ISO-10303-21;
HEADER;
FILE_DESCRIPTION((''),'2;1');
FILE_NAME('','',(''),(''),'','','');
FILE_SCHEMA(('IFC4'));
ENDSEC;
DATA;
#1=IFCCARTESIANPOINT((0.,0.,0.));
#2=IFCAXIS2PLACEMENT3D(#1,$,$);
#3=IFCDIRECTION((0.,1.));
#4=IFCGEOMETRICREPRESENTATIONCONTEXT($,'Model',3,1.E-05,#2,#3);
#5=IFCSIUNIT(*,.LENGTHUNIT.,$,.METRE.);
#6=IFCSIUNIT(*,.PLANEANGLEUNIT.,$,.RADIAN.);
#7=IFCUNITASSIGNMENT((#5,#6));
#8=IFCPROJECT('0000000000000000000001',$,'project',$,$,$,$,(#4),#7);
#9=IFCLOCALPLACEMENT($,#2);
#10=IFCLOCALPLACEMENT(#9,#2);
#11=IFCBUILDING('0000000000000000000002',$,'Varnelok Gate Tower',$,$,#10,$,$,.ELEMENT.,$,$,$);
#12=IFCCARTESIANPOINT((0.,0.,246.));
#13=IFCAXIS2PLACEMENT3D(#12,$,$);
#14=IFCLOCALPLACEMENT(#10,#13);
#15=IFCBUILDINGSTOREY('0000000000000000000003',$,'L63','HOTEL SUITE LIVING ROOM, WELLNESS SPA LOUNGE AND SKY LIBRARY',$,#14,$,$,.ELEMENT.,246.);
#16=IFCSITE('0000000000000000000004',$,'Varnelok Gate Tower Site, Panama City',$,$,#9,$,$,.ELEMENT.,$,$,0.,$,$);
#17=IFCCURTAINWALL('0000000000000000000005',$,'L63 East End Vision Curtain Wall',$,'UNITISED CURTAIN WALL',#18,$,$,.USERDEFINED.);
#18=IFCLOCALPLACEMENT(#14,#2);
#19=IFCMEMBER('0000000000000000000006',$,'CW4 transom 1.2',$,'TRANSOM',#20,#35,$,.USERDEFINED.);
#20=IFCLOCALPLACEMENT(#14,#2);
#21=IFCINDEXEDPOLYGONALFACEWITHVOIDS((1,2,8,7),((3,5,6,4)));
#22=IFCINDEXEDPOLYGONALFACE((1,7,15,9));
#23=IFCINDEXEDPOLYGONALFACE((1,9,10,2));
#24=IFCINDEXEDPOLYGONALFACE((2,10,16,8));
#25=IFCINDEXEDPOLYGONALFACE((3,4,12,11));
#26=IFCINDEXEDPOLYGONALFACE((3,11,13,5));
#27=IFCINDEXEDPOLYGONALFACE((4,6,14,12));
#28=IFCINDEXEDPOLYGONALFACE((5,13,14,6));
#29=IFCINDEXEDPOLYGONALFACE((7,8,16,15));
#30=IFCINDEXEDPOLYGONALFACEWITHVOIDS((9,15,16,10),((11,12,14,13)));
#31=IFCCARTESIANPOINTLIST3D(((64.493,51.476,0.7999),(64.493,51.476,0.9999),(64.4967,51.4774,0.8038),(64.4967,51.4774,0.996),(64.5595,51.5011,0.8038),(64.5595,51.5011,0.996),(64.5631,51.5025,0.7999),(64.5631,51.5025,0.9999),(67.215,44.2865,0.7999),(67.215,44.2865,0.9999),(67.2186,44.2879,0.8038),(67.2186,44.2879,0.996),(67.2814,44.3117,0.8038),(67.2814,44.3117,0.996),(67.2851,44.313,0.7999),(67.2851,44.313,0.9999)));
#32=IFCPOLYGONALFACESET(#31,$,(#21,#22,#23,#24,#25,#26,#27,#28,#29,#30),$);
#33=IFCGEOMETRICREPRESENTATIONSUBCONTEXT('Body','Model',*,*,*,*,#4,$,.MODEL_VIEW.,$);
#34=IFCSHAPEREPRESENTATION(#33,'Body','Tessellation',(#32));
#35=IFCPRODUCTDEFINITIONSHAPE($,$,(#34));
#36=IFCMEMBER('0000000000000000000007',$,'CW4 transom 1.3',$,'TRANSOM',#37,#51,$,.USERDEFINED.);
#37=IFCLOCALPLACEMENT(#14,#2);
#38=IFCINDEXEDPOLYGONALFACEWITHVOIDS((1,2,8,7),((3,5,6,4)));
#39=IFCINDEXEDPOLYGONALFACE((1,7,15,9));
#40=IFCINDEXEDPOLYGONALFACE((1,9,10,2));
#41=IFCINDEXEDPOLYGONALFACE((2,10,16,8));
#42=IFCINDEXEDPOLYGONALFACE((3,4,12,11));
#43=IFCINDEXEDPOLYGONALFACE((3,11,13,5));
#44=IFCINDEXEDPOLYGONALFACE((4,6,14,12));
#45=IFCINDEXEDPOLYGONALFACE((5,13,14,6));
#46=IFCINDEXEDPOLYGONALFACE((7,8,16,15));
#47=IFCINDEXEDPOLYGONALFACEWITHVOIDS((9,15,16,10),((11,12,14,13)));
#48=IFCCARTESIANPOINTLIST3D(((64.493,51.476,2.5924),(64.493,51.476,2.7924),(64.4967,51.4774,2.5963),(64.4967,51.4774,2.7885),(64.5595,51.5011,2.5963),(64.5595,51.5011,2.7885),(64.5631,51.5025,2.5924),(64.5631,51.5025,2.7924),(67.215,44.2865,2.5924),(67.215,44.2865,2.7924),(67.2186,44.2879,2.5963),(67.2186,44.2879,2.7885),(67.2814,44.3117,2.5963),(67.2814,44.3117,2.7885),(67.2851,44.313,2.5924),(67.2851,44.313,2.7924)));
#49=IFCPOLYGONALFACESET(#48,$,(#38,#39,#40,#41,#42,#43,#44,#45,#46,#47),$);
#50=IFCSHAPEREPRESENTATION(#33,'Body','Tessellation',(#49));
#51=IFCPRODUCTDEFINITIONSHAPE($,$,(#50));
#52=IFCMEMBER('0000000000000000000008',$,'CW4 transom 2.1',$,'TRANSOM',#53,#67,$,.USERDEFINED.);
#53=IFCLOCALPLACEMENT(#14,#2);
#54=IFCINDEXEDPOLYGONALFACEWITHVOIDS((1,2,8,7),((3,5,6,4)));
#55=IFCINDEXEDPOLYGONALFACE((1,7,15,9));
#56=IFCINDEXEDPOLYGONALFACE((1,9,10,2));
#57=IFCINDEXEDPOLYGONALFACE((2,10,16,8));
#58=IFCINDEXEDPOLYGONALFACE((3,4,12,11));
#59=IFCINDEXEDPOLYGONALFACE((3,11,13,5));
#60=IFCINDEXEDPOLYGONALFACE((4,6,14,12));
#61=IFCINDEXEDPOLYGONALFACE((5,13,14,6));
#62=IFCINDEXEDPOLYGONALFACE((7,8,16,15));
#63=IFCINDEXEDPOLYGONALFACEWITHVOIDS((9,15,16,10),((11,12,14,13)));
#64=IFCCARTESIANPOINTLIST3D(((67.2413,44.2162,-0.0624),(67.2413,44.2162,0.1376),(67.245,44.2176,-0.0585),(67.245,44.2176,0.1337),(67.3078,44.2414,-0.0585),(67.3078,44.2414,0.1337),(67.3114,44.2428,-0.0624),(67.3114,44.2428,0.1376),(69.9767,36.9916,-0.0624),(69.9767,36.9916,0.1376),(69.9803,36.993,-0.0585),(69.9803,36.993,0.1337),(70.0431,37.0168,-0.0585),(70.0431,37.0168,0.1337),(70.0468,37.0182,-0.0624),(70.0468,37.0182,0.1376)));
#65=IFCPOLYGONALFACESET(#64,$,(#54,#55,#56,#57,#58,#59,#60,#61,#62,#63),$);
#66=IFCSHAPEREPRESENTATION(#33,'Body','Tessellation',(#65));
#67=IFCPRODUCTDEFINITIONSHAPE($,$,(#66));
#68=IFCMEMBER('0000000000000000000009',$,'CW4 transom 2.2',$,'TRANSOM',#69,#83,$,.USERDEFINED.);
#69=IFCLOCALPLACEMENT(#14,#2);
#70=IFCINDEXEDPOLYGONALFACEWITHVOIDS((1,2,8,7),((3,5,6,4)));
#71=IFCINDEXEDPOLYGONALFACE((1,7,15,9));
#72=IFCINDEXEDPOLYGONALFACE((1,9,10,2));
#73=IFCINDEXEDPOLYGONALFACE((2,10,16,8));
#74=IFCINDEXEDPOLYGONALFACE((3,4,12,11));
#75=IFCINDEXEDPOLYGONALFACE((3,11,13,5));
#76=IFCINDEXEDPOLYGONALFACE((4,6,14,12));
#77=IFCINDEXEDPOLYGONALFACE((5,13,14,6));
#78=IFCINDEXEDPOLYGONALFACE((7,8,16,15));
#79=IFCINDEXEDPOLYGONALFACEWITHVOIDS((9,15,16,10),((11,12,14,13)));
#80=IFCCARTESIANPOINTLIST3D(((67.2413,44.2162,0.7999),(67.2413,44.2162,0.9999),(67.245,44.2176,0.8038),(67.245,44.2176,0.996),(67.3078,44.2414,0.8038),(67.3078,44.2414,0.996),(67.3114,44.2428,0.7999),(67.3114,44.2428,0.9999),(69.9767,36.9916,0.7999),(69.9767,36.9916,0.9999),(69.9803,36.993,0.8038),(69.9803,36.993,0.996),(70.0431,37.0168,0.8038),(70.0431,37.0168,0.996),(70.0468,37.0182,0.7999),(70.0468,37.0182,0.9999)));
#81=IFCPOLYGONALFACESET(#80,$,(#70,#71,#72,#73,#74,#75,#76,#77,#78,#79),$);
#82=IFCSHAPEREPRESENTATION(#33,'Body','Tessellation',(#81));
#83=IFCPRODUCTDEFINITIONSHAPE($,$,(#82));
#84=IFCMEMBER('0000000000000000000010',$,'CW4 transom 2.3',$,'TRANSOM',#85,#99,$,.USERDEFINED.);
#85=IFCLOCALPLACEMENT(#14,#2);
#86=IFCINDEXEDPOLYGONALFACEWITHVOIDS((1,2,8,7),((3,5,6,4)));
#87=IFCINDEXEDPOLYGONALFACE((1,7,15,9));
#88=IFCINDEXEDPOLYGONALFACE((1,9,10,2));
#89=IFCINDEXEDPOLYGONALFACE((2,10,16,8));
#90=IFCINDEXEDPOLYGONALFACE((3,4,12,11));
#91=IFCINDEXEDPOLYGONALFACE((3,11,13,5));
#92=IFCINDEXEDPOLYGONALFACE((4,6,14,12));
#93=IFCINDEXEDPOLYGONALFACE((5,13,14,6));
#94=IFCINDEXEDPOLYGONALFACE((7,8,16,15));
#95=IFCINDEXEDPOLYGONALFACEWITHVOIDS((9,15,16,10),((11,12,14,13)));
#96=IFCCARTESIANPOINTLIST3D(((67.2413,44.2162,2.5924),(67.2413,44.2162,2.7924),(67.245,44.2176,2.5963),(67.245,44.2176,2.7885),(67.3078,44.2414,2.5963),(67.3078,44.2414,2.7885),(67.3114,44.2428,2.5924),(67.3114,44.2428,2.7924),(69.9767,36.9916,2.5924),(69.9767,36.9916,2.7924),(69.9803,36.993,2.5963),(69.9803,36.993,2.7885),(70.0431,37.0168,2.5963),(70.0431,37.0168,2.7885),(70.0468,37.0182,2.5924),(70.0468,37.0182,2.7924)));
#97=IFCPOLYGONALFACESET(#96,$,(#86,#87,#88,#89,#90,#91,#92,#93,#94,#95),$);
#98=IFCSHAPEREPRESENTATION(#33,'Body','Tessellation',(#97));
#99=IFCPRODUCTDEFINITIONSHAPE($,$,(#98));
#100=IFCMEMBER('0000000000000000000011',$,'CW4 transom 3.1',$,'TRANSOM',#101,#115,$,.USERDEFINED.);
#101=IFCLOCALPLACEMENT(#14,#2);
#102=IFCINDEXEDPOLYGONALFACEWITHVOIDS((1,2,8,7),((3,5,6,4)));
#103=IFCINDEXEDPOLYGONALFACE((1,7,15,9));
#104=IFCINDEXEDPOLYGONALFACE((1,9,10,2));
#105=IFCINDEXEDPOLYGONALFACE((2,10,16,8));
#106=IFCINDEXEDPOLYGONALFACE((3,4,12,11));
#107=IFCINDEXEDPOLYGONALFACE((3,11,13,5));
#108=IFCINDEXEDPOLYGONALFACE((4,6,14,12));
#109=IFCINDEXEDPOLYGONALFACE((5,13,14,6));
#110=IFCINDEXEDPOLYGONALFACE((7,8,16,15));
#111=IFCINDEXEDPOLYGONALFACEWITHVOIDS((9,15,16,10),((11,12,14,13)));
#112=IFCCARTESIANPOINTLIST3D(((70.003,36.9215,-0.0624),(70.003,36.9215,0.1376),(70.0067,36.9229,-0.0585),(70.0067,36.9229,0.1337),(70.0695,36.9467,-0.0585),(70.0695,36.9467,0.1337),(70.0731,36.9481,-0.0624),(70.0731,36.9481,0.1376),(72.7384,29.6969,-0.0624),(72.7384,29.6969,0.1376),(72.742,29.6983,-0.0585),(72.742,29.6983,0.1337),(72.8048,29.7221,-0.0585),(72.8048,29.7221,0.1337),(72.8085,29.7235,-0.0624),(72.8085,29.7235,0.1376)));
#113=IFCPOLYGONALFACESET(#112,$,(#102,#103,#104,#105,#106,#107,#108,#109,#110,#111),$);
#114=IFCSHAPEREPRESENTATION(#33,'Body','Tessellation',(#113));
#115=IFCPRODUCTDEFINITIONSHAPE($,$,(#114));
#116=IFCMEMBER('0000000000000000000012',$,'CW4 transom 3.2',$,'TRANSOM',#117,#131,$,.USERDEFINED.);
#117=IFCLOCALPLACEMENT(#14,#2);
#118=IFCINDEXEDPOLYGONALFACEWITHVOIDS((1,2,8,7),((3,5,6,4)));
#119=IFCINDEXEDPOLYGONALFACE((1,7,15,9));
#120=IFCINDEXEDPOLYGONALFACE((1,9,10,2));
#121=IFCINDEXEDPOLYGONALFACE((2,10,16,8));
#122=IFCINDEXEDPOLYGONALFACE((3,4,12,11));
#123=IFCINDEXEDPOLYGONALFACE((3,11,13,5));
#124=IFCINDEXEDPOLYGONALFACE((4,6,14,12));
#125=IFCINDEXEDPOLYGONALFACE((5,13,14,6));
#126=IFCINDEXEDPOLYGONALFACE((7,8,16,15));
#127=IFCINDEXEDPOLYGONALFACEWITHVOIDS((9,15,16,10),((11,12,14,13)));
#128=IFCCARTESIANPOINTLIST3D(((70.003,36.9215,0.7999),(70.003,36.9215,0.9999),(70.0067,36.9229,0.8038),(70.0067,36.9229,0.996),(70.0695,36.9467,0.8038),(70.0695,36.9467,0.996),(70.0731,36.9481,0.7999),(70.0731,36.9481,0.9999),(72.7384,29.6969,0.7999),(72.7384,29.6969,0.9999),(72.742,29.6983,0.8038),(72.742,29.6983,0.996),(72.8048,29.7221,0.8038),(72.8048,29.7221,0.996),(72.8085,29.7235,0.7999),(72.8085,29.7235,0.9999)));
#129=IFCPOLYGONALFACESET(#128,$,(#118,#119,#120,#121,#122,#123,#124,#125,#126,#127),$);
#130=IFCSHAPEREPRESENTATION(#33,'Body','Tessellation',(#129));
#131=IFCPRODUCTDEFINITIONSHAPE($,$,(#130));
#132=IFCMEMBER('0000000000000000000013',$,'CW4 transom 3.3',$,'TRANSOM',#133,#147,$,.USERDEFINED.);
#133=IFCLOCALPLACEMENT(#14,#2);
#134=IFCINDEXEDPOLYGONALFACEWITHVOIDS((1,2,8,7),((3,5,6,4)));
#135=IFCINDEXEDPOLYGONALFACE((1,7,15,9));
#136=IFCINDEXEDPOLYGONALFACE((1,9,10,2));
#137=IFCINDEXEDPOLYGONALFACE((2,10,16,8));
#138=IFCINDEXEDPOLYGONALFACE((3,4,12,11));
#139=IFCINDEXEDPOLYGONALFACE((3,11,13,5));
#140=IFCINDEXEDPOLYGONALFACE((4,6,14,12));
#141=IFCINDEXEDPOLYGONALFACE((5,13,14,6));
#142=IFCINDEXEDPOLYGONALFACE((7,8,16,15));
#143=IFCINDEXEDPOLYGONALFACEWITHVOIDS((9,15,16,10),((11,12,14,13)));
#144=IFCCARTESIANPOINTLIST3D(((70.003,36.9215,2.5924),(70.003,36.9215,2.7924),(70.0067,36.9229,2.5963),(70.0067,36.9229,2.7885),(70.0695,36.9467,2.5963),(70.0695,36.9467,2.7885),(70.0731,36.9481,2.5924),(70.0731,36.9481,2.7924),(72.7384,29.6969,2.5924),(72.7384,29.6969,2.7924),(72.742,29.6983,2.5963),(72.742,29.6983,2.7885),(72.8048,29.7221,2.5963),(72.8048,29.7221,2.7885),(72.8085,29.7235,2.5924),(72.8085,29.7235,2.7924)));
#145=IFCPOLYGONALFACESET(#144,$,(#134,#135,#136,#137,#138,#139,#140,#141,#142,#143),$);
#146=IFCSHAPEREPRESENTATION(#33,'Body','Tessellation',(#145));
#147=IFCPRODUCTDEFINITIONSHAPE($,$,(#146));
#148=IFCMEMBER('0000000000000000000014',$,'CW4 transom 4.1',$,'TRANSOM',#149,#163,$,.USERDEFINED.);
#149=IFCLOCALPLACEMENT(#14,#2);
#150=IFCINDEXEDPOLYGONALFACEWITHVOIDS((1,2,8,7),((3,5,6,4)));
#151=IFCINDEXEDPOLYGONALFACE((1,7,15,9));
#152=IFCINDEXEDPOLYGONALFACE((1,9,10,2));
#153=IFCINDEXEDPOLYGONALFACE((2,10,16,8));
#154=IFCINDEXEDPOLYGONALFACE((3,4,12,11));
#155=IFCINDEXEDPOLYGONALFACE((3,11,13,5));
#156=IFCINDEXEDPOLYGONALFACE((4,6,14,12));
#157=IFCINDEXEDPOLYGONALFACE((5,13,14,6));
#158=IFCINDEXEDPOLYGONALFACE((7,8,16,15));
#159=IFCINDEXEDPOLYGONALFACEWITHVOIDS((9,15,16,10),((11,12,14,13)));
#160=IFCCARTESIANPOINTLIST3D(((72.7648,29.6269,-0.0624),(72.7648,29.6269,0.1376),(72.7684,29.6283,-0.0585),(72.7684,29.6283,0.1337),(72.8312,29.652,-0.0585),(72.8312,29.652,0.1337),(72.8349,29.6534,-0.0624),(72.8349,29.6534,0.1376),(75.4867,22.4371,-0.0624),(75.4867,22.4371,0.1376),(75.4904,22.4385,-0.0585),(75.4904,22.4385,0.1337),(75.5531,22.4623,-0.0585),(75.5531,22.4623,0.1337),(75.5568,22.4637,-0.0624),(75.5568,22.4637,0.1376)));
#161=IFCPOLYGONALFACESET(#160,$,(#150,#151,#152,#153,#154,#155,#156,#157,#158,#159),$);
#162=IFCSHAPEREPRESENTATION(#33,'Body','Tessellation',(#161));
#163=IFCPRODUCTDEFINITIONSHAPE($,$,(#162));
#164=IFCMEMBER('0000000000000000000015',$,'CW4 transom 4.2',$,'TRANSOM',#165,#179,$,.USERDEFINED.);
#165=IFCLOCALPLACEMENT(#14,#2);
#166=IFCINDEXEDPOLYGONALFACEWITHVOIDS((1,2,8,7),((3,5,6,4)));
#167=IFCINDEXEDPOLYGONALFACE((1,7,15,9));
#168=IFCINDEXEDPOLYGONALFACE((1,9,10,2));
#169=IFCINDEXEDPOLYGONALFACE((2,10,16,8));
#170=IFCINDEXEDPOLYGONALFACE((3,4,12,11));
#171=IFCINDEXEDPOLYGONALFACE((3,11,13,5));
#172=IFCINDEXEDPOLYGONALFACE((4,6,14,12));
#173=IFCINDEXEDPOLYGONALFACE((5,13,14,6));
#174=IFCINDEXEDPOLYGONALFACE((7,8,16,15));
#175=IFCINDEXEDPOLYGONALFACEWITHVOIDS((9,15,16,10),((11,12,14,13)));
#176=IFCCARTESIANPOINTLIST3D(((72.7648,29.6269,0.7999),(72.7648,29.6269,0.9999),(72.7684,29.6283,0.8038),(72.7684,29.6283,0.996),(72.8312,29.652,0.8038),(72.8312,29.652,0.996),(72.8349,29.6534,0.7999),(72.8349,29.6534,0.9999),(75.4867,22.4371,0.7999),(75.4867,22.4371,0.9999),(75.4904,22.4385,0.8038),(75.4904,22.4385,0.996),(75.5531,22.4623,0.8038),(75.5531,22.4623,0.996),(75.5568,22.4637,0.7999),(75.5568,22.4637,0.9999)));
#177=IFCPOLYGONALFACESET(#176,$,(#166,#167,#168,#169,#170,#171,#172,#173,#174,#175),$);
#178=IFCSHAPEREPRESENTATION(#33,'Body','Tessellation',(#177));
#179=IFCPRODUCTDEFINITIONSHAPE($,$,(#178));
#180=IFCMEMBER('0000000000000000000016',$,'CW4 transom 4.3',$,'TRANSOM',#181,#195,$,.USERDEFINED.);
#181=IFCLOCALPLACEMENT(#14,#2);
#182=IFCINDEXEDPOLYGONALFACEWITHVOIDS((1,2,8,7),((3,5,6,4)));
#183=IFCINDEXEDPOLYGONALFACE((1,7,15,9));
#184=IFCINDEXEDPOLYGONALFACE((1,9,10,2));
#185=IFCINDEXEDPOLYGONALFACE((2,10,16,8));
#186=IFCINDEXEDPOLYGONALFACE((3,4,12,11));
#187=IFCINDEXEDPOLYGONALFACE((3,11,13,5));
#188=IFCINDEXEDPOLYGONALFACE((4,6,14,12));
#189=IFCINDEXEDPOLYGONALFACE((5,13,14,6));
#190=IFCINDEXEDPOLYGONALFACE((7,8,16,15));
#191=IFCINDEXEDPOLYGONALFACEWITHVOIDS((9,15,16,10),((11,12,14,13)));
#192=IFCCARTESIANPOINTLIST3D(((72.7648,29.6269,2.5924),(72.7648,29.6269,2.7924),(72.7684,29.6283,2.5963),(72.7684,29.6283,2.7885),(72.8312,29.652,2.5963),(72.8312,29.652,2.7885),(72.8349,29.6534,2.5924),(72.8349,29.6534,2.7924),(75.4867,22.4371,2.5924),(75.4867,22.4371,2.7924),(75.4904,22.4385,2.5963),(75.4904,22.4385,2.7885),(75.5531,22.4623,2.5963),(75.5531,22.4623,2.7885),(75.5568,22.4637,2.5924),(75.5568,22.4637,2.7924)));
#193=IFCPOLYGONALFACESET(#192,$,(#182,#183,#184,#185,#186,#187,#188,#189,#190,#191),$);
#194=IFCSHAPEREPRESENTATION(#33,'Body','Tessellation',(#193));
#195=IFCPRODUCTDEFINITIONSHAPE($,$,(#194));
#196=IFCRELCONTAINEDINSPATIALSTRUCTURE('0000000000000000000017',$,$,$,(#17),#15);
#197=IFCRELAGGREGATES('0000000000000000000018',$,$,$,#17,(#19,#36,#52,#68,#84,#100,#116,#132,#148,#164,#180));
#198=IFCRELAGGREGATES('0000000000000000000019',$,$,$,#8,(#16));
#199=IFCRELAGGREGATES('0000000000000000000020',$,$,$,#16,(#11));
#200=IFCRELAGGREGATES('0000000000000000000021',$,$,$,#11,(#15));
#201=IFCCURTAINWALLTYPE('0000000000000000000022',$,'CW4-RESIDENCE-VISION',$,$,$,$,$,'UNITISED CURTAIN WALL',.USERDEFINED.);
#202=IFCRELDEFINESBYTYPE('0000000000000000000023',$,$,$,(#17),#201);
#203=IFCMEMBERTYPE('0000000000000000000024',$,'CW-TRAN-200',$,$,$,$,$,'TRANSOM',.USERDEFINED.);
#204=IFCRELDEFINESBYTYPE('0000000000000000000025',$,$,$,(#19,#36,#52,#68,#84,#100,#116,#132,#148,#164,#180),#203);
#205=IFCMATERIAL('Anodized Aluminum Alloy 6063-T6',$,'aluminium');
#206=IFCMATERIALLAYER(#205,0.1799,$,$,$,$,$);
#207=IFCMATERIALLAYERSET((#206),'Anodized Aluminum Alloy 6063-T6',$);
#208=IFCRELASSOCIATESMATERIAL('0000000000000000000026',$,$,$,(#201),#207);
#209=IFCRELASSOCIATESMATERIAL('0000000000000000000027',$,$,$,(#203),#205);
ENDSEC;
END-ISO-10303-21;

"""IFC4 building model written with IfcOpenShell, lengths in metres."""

from ifc_helpers import new_model, si_unit, direction, frame, origin, origin_2d, place, context, subcontext, project, spatial, hollow_rectangle, extrude, material, layer, layer_set, material_profile, profile_set, type_object, element, aggregate, save


model = new_model("IFC4")

# Units and contexts
model_context = context("Model", 3, precision=1e-05, world=origin(), true_north=direction((0.0, 1.0)))
body_context = subcontext(model_context, "Body", "Model", "MODEL_VIEW")
ifc_project = project(units=[si_unit("LENGTHUNIT", "METRE"), si_unit("PLANEANGLEUNIT", "RADIAN")], contexts=[model_context])

# Site, building, storey
site_placement = place(None, origin())
site = spatial("IfcSite", under=ifc_project, at=site_placement, Name="Varnelok Gate Tower Site, Panama City", CompositionType="ELEMENT", RefElevation=0.0)
building_placement = place(site_placement, origin())
building = spatial("IfcBuilding", under=site, at=building_placement, Name="Varnelok Gate Tower", CompositionType="ELEMENT")
storey_placement = place(building_placement, frame((0.0, 0.0, 246.0)))
storey = spatial("IfcBuildingStorey", under=building, at=storey_placement, Name="L63", Description="HOTEL SUITE LIVING ROOM, WELLNESS SPA LOUNGE AND SKY LIBRARY", CompositionType="ELEMENT", Elevation=246.0)

# Curtain wall, members
ifc_material_1 = material(Name="Anodized Aluminum Alloy 6063-T6", Category="aluminium")
ifc_layer_1 = layer(ifc_material_1, 0.1799)
ifc_layer_set_1 = layer_set([ifc_layer_1], Name="Anodized Aluminum Alloy 6063-T6")
curtain_wall_type = type_object("IfcCurtainWallType", Name="CW4-RESIDENCE-VISION", ElementType="UNITISED CURTAIN WALL", PredefinedType="USERDEFINED", material=ifc_layer_set_1)
curtain_wall_placement = place(storey_placement, origin())
curtain_wall = element("IfcCurtainWall", 1, at=curtain_wall_placement, inside=storey, type_object=curtain_wall_type, Name="L63 East End Vision Curtain Wall", ObjectType="UNITISED CURTAIN WALL", PredefinedType="USERDEFINED")
ifc_material_profile_1 = material_profile(ifc_material_1, hollow_rectangle(XDim=0.075, YDim=0.2, WallThickness=0.0039, at=origin_2d()), Name="ALU200X75X4")
ifc_profile_set_1 = profile_set([ifc_material_profile_1], Name="Anodized Aluminum Alloy 6063-T6")
member_type_1 = type_object("IfcMemberType", Name="CW-TRAN-200", ElementType="TRANSOM", PredefinedType="USERDEFINED", material=ifc_profile_set_1)
member_1_placement = place(storey_placement, frame((64.5281, 51.4893, 0.8999), z_axis=(0.354073, -0.935218, 0.0), x_axis=(0.935218, 0.354073, 0.0)))
member_1 = element("IfcMember", 2, at=member_1_placement, type_object=member_type_1, Name="CW4 transom 1.2", ObjectType="TRANSOM", PredefinedType="USERDEFINED", context=body_context, shape_type="SweptSolid", body=[
    extrude(hollow_rectangle(XDim=0.075, YDim=0.2, WallThickness=0.0039, at=origin_2d()), origin(), (0.0, 0.0, 1.0), 7.6875),
])
member_2_placement = place(storey_placement, frame((64.5281, 51.4893, 2.6924), z_axis=(0.354073, -0.935218, 0.0), x_axis=(0.935218, 0.354073, 0.0)))
member_2 = element("IfcMember", 3, at=member_2_placement, type_object=member_type_1, Name="CW4 transom 1.3", ObjectType="TRANSOM", PredefinedType="USERDEFINED", context=body_context, shape_type="SweptSolid", body=[
    extrude(hollow_rectangle(XDim=0.075, YDim=0.2, WallThickness=0.0039, at=origin_2d()), origin(), (0.0, 0.0, 1.0), 7.6875),
])
member_3_placement = place(storey_placement, frame((67.2764, 44.2295, 0.0376), z_axis=(0.354086, -0.935213, 0.0), x_axis=(0.935213, 0.354086, 0.0)))
member_3 = element("IfcMember", 4, at=member_3_placement, type_object=member_type_1, Name="CW4 transom 2.1", ObjectType="TRANSOM", PredefinedType="USERDEFINED", context=body_context, shape_type="SweptSolid", body=[
    extrude(hollow_rectangle(XDim=0.075, YDim=0.2, WallThickness=0.0039, at=origin_2d()), origin(), (0.0, 0.0, 1.0), 7.7251),
])
member_4_placement = place(storey_placement, frame((67.2764, 44.2295, 0.8999), z_axis=(0.354086, -0.935213, 0.0), x_axis=(0.935213, 0.354086, 0.0)))
member_4 = element("IfcMember", 5, at=member_4_placement, type_object=member_type_1, Name="CW4 transom 2.2", ObjectType="TRANSOM", PredefinedType="USERDEFINED", context=body_context, shape_type="SweptSolid", body=[
    extrude(hollow_rectangle(XDim=0.075, YDim=0.2, WallThickness=0.0039, at=origin_2d()), origin(), (0.0, 0.0, 1.0), 7.7251),
])
member_5_placement = place(storey_placement, frame((67.2764, 44.2295, 2.6924), z_axis=(0.354086, -0.935213, 0.0), x_axis=(0.935213, 0.354086, 0.0)))
member_5 = element("IfcMember", 6, at=member_5_placement, type_object=member_type_1, Name="CW4 transom 2.3", ObjectType="TRANSOM", PredefinedType="USERDEFINED", context=body_context, shape_type="SweptSolid", body=[
    extrude(hollow_rectangle(XDim=0.075, YDim=0.2, WallThickness=0.0039, at=origin_2d()), origin(), (0.0, 0.0, 1.0), 7.7251),
])
member_6_placement = place(storey_placement, frame((70.0381, 36.9348, 0.0376), z_axis=(0.354086, -0.935213, 0.0), x_axis=(0.935213, 0.354086, 0.0)))
member_6 = element("IfcMember", 7, at=member_6_placement, type_object=member_type_1, Name="CW4 transom 3.1", ObjectType="TRANSOM", PredefinedType="USERDEFINED", context=body_context, shape_type="SweptSolid", body=[
    extrude(hollow_rectangle(XDim=0.075, YDim=0.2, WallThickness=0.0039, at=origin_2d()), origin(), (0.0, 0.0, 1.0), 7.7251),
])
member_7_placement = place(storey_placement, frame((70.0381, 36.9348, 0.8999), z_axis=(0.354086, -0.935213, 0.0), x_axis=(0.935213, 0.354086, 0.0)))
member_7 = element("IfcMember", 8, at=member_7_placement, type_object=member_type_1, Name="CW4 transom 3.2", ObjectType="TRANSOM", PredefinedType="USERDEFINED", context=body_context, shape_type="SweptSolid", body=[
    extrude(hollow_rectangle(XDim=0.075, YDim=0.2, WallThickness=0.0039, at=origin_2d()), origin(), (0.0, 0.0, 1.0), 7.7251),
])
member_8_placement = place(storey_placement, frame((70.0381, 36.9348, 2.6924), z_axis=(0.354086, -0.935213, 0.0), x_axis=(0.935213, 0.354086, 0.0)))
member_8 = element("IfcMember", 9, at=member_8_placement, type_object=member_type_1, Name="CW4 transom 3.3", ObjectType="TRANSOM", PredefinedType="USERDEFINED", context=body_context, shape_type="SweptSolid", body=[
    extrude(hollow_rectangle(XDim=0.075, YDim=0.2, WallThickness=0.0039, at=origin_2d()), origin(), (0.0, 0.0, 1.0), 7.7251),
])
member_9_placement = place(storey_placement, frame((72.7998, 29.6401, 0.0376), z_axis=(0.354063, -0.935222, 0.0), x_axis=(0.935222, 0.354063, 0.0)))
member_9 = element("IfcMember", 10, at=member_9_placement, type_object=member_type_1, Name="CW4 transom 4.1", ObjectType="TRANSOM", PredefinedType="USERDEFINED", context=body_context, shape_type="SweptSolid", body=[
    extrude(hollow_rectangle(XDim=0.075, YDim=0.2, WallThickness=0.0039, at=origin_2d()), origin(), (0.0, 0.0, 1.0), 7.6877),
])
member_10_placement = place(storey_placement, frame((72.7998, 29.6401, 0.8999), z_axis=(0.354063, -0.935222, 0.0), x_axis=(0.935222, 0.354063, 0.0)))
member_10 = element("IfcMember", 11, at=member_10_placement, type_object=member_type_1, Name="CW4 transom 4.2", ObjectType="TRANSOM", PredefinedType="USERDEFINED", context=body_context, shape_type="SweptSolid", body=[
    extrude(hollow_rectangle(XDim=0.075, YDim=0.2, WallThickness=0.0039, at=origin_2d()), origin(), (0.0, 0.0, 1.0), 7.6877),
])
member_11_placement = place(storey_placement, frame((72.7998, 29.6401, 2.6924), z_axis=(0.354063, -0.935222, 0.0), x_axis=(0.935222, 0.354063, 0.0)))
member_11 = element("IfcMember", 12, at=member_11_placement, type_object=member_type_1, Name="CW4 transom 4.3", ObjectType="TRANSOM", PredefinedType="USERDEFINED", context=body_context, shape_type="SweptSolid", body=[
    extrude(hollow_rectangle(XDim=0.075, YDim=0.2, WallThickness=0.0039, at=origin_2d()), origin(), (0.0, 0.0, 1.0), 7.6877),
])
aggregate(curtain_wall, [member_1, member_2, member_3, member_4, member_5, member_6, member_7, member_8, member_9, member_10, member_11])

save(model, "model.ifc")
